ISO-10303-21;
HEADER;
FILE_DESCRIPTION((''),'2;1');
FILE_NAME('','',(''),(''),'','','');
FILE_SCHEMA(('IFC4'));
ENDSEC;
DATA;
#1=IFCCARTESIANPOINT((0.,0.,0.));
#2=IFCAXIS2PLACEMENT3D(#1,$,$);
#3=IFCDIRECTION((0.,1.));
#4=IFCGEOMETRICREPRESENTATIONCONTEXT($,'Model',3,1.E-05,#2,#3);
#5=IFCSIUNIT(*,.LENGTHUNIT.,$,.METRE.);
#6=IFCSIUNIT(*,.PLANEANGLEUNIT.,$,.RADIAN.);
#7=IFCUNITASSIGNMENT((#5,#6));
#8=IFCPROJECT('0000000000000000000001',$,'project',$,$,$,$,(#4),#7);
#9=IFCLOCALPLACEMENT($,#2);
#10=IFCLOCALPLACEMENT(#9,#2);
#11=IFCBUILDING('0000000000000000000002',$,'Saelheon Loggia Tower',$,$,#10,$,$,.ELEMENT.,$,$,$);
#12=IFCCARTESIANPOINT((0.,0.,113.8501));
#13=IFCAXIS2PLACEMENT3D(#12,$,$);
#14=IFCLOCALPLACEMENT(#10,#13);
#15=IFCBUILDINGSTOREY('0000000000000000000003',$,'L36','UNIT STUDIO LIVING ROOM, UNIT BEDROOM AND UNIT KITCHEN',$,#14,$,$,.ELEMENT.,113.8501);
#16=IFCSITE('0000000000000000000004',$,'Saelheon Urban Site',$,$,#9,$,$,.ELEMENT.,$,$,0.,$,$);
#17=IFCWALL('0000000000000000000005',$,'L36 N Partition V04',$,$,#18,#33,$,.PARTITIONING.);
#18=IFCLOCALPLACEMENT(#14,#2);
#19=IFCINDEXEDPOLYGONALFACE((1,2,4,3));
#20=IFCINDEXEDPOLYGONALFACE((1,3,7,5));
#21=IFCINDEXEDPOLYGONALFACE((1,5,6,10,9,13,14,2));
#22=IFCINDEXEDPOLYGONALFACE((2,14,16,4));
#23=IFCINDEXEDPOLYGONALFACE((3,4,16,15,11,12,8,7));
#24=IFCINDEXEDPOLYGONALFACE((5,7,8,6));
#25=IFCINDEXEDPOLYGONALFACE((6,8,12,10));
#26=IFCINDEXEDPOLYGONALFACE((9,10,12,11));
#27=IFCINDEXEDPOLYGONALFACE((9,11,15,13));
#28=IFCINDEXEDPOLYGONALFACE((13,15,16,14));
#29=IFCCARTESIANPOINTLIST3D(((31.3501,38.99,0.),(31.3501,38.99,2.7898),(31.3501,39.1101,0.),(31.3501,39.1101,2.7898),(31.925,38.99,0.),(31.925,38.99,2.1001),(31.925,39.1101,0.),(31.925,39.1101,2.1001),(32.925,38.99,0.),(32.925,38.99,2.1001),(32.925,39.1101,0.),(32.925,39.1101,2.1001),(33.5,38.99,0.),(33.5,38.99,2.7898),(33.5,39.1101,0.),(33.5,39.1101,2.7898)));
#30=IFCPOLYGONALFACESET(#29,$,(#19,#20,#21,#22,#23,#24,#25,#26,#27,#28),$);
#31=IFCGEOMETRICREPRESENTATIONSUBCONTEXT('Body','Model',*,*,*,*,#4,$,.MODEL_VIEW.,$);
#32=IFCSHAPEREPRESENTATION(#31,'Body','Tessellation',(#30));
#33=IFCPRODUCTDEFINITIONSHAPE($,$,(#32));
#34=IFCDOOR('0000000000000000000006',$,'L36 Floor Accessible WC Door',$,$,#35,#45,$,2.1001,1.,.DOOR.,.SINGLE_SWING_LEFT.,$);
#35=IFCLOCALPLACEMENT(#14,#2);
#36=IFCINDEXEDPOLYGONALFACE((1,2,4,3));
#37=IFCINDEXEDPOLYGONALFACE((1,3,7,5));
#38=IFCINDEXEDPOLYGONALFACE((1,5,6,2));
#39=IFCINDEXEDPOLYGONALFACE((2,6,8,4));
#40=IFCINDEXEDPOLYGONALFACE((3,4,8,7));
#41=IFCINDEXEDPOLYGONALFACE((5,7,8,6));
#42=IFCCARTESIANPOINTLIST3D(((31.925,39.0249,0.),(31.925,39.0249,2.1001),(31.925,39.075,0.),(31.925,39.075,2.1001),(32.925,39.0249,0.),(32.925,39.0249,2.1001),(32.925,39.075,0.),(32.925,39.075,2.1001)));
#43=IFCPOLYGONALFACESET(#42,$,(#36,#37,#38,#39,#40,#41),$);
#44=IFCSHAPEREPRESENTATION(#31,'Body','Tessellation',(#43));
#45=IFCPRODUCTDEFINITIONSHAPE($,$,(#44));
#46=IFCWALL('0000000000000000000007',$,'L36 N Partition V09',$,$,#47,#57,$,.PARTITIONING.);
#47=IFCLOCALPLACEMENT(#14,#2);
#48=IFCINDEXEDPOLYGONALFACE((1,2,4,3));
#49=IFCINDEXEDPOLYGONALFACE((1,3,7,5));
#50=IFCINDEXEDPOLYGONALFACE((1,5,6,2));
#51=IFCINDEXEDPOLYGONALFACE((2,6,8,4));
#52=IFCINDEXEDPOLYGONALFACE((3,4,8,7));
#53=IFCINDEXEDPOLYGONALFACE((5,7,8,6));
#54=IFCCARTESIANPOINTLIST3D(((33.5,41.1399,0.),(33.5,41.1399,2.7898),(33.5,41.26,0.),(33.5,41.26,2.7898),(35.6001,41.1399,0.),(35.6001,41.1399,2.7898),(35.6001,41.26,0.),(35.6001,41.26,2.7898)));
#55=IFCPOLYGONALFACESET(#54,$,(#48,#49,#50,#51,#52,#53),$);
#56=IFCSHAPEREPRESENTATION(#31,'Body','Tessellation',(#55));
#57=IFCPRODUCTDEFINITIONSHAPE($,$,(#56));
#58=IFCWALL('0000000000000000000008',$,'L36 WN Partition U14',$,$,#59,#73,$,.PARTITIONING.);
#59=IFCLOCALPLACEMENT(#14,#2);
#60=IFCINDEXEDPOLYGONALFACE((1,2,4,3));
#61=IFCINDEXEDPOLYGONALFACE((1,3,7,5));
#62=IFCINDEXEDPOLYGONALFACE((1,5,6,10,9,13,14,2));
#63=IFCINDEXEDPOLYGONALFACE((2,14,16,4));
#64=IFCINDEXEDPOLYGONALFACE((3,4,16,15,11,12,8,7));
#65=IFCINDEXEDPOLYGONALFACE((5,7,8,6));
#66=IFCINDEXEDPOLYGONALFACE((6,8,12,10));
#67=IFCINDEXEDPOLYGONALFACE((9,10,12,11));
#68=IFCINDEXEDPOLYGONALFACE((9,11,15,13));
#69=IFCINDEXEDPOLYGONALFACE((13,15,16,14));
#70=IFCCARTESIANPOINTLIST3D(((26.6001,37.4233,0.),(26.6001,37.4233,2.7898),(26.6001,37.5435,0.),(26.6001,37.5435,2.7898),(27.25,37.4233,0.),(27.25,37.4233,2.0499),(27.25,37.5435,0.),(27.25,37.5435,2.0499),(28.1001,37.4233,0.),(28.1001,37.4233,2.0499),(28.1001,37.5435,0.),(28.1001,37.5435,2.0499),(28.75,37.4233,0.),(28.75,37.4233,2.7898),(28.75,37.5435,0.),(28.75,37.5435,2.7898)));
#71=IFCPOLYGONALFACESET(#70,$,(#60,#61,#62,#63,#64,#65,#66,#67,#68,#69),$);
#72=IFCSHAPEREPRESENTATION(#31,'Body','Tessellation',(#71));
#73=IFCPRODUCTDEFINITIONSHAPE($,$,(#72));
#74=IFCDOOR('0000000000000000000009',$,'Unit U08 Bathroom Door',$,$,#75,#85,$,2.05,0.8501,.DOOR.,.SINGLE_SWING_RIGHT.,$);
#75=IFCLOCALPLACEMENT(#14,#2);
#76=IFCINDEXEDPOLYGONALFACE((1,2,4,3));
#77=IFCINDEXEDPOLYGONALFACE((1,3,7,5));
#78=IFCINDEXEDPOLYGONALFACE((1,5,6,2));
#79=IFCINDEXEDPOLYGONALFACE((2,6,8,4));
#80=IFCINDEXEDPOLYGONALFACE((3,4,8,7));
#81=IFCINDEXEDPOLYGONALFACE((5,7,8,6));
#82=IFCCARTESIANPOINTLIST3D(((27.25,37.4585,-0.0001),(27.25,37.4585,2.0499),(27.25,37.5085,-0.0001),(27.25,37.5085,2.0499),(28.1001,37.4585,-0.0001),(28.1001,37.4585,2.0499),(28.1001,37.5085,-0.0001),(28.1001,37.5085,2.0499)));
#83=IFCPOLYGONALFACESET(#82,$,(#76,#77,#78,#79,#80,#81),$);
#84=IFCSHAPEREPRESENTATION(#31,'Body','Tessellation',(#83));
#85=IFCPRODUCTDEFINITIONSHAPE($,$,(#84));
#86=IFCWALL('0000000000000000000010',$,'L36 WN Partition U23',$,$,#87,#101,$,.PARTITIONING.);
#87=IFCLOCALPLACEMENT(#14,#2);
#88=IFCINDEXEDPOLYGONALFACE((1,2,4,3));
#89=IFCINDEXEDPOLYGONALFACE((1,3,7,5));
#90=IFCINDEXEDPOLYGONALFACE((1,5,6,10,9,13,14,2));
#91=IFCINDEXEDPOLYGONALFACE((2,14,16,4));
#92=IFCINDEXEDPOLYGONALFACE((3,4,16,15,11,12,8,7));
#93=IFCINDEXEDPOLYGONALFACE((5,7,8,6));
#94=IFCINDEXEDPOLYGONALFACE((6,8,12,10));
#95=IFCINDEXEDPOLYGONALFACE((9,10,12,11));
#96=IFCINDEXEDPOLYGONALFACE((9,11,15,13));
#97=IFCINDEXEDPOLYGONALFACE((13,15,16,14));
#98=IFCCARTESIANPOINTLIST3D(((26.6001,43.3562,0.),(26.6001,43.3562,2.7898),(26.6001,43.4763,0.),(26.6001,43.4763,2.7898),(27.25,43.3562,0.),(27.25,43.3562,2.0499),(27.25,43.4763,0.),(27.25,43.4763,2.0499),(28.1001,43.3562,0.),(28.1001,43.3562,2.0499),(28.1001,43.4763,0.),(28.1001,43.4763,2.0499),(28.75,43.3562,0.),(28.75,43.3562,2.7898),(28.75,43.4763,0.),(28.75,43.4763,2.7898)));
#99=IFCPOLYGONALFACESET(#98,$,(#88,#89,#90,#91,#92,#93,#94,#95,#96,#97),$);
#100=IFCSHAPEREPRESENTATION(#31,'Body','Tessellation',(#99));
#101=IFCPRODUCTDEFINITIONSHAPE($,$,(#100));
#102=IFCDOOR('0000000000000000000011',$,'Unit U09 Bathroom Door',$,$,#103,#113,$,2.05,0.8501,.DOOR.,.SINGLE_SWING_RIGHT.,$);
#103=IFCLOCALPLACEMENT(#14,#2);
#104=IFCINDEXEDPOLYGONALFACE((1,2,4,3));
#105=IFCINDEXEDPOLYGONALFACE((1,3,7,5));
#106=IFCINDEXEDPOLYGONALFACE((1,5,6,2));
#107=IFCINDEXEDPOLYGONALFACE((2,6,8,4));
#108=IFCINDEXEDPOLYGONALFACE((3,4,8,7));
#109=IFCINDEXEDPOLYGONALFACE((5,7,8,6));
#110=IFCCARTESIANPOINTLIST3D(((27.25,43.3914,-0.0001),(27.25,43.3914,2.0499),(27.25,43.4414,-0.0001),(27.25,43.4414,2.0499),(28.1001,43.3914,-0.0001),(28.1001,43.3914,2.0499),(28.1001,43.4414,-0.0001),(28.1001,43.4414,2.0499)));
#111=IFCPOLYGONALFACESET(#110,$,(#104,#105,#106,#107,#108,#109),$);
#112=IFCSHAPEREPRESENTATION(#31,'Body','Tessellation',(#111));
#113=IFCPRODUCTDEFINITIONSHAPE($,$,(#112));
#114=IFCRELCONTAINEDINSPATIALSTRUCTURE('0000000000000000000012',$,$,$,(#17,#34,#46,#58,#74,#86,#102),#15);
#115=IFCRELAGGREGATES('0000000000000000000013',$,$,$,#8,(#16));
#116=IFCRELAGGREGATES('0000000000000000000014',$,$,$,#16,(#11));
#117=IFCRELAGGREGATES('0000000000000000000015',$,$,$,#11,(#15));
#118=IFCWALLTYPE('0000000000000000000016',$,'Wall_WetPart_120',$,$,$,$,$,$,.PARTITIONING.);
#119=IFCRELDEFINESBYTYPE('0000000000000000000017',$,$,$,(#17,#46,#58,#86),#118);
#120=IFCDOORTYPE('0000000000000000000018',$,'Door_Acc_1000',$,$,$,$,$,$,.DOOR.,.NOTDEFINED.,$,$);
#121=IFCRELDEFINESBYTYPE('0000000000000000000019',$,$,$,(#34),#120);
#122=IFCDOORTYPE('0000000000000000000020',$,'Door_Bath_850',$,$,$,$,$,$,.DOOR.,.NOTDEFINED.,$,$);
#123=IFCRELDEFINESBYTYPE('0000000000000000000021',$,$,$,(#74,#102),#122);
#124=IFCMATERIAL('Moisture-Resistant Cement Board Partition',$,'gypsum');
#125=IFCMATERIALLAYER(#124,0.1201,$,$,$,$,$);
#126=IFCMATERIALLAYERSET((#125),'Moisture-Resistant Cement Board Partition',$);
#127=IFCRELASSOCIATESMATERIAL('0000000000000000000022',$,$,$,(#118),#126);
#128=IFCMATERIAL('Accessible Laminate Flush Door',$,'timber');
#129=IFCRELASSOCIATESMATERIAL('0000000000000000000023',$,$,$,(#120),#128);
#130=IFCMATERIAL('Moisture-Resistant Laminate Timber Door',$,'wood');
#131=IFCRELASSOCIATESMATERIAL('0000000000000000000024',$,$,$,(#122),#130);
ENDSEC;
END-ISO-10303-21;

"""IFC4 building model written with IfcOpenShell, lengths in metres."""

from ifc_helpers import new_model, si_unit, direction, frame, frame_2d, origin, place, context, subcontext, project, spatial, rectangle, extrude, source, transform, mapped, material, layer, layer_set, type_object, element, fill, save


model = new_model("IFC4")

# Units and contexts
model_context = context("Model", 3, precision=1e-05, world=origin(), true_north=direction((0.0, 1.0)))
body_context = subcontext(model_context, "Body", "Model", "MODEL_VIEW")
ifc_project = project(units=[si_unit("LENGTHUNIT", "METRE"), si_unit("PLANEANGLEUNIT", "RADIAN")], contexts=[model_context])

# Site, building, storey
site_placement = place(None, origin())
site = spatial("IfcSite", under=ifc_project, at=site_placement, Name="Saelheon Urban Site", CompositionType="ELEMENT", RefElevation=0.0)
building_placement = place(site_placement, origin())
building = spatial("IfcBuilding", under=site, at=building_placement, Name="Saelheon Loggia Tower", CompositionType="ELEMENT")
storey_placement = place(building_placement, frame((0.0, 0.0, 113.8501)))
storey = spatial("IfcBuildingStorey", under=building, at=storey_placement, Name="L36", Description="UNIT STUDIO LIVING ROOM, UNIT BEDROOM AND UNIT KITCHEN", CompositionType="ELEMENT", Elevation=113.8501)

# Wall, opening, door
ifc_material_1 = material(Name="Moisture-Resistant Cement Board Partition", Category="gypsum")
ifc_layer_1 = layer(ifc_material_1, 0.1201)
ifc_layer_set_1 = layer_set([ifc_layer_1], Name="Moisture-Resistant Cement Board Partition")
wall_type_1 = type_object("IfcWallType", Name="Wall_WetPart_120", PredefinedType="PARTITIONING", material=ifc_layer_set_1)
wall_1_placement = place(storey_placement, frame((31.3501, 39.05, 0.0), z_axis=(0.0, 0.0, 1.0), x_axis=(1.0, 0.0, 0.0)))
wall_1 = element("IfcWall", 1, at=wall_1_placement, inside=storey, type_object=wall_type_1, Name="L36 N Partition V04", PredefinedType="PARTITIONING", context=body_context, shape_type="SweptSolid", body=[
    extrude(rectangle(XDim=2.1499, YDim=0.1201, at=frame_2d((1.075, 0.0))), origin(), (0.0, 0.0, 1.0), 2.7898),
])
opening_1_placement = place(wall_1_placement, frame((0.575, 0.0, 0.0)))
opening_1 = element("IfcOpeningElement", 2, at=opening_1_placement, cuts=wall_1, PredefinedType="OPENING", context=body_context, shape_type="SweptSolid", body=[
    extrude(rectangle(XDim=1.0, YDim=2.1001, at=frame_2d((0.5, 1.05))), frame((0.0, 0.072, 0.0), z_axis=(0.0, -1.0, 0.0), x_axis=(1.0, 0.0, 0.0)), (0.0, 0.0, 1.0), 0.144),
])
ifc_material_2 = material(Name="Accessible Laminate Flush Door", Category="timber")
door_type_1 = type_object("IfcDoorType", Name="Door_Acc_1000", OperationType="NOTDEFINED", PredefinedType="DOOR", material=ifc_material_2)
shared_shape_1 = source(origin(), body_context, "Body", "SweptSolid", [
    extrude(rectangle(XDim=1.0, YDim=2.1001, at=frame_2d((0.5, 1.05))), frame((0.0, 0.0249, 0.0), z_axis=(0.0, -1.0, 0.0), x_axis=(1.0, 0.0, 0.0)), (0.0, 0.0, 1.0), 0.05),
])
door_1_placement = place(opening_1_placement, origin())
door_1 = element("IfcDoor", 3, at=door_1_placement, inside=storey, type_object=door_type_1, Name="L36 Floor Accessible WC Door", OperationType="SINGLE_SWING_LEFT", OverallHeight=2.1001, OverallWidth=1.0, PredefinedType="DOOR", context=body_context, shape_type="MappedRepresentation", body=[
    mapped(shared_shape_1, transform((0.0, 0.0, 0.0), scale=1.0)),
])
fill(opening_1, door_1)

# Wall
wall_2_placement = place(storey_placement, frame((33.5, 41.2, 0.0), z_axis=(0.0, 0.0, 1.0), x_axis=(1.0, 0.0, 0.0)))
element("IfcWall", 4, at=wall_2_placement, inside=storey, type_object=wall_type_1, Name="L36 N Partition V09", PredefinedType="PARTITIONING", context=body_context, shape_type="SweptSolid", body=[
    extrude(rectangle(XDim=2.1001, YDim=0.1201, at=frame_2d((1.05, 0.0))), origin(), (0.0, 0.0, 1.0), 2.7898),
])

# Walls, openings, doors
wall_3_placement = place(storey_placement, frame((28.75, 37.4834, 0.0), z_axis=(0.0, 0.0, 1.0), x_axis=(-1.0, 0.0, 0.0)))
wall_3 = element("IfcWall", 5, at=wall_3_placement, inside=storey, type_object=wall_type_1, Name="L36 WN Partition U14", PredefinedType="PARTITIONING", context=body_context, shape_type="SweptSolid", body=[
    extrude(rectangle(XDim=2.1499, YDim=0.1201, at=frame_2d((1.075, 0.0))), origin(), (0.0, 0.0, 1.0), 2.7898),
])
opening_2_placement = place(wall_3_placement, frame((0.6499, 0.0, 0.0)))
opening_2 = element("IfcOpeningElement", 6, at=opening_2_placement, cuts=wall_3, PredefinedType="OPENING", context=body_context, shape_type="SweptSolid", body=[
    extrude(rectangle(XDim=0.8501, YDim=2.05, at=frame_2d((0.425, 1.0249))), frame((0.0, 0.072, 0.0), z_axis=(0.0, -1.0, 0.0), x_axis=(1.0, 0.0, 0.0)), (0.0, 0.0, 1.0), 0.144),
])
ifc_material_3 = material(Name="Moisture-Resistant Laminate Timber Door", Category="wood")
door_type_2 = type_object("IfcDoorType", Name="Door_Bath_850", OperationType="NOTDEFINED", PredefinedType="DOOR", material=ifc_material_3)
shared_shape_2 = source(origin(), body_context, "Body", "SweptSolid", [
    extrude(rectangle(XDim=0.8501, YDim=2.05, at=frame_2d((0.425, 1.0249))), frame((0.0, 0.0249, 0.0), z_axis=(0.0, -1.0, 0.0), x_axis=(1.0, 0.0, 0.0)), (0.0, 0.0, 1.0), 0.05),
])
door_2_placement = place(opening_2_placement, origin())
door_2 = element("IfcDoor", 7, at=door_2_placement, inside=storey, type_object=door_type_2, Name="Unit U08 Bathroom Door", OperationType="SINGLE_SWING_RIGHT", OverallHeight=2.05, OverallWidth=0.8501, PredefinedType="DOOR", context=body_context, shape_type="MappedRepresentation", body=[
    mapped(shared_shape_2, transform((0.0, 0.0, 0.0), scale=1.0)),
])
fill(opening_2, door_2)
wall_4_placement = place(storey_placement, frame((28.75, 43.4163, 0.0), z_axis=(0.0, 0.0, 1.0), x_axis=(-1.0, 0.0, 0.0)))
wall_4 = element("IfcWall", 8, at=wall_4_placement, inside=storey, type_object=wall_type_1, Name="L36 WN Partition U23", PredefinedType="PARTITIONING", context=body_context, shape_type="SweptSolid", body=[
    extrude(rectangle(XDim=2.1499, YDim=0.1201, at=frame_2d((1.075, 0.0))), origin(), (0.0, 0.0, 1.0), 2.7898),
])
opening_3_placement = place(wall_4_placement, frame((0.6499, 0.0, 0.0)))
opening_3 = element("IfcOpeningElement", 9, at=opening_3_placement, cuts=wall_4, PredefinedType="OPENING", context=body_context, shape_type="SweptSolid", body=[
    extrude(rectangle(XDim=0.8501, YDim=2.05, at=frame_2d((0.425, 1.0249))), frame((0.0, 0.072, 0.0), z_axis=(0.0, -1.0, 0.0), x_axis=(1.0, 0.0, 0.0)), (0.0, 0.0, 1.0), 0.144),
])
door_3_placement = place(opening_3_placement, origin())
door_3 = element("IfcDoor", 10, at=door_3_placement, inside=storey, type_object=door_type_2, Name="Unit U09 Bathroom Door", OperationType="SINGLE_SWING_RIGHT", OverallHeight=2.05, OverallWidth=0.8501, PredefinedType="DOOR", context=body_context, shape_type="MappedRepresentation", body=[
    mapped(shared_shape_2, transform((0.0, 0.0, 0.0), scale=1.0)),
])
fill(opening_3, door_3)

save(model, "model.ifc")
